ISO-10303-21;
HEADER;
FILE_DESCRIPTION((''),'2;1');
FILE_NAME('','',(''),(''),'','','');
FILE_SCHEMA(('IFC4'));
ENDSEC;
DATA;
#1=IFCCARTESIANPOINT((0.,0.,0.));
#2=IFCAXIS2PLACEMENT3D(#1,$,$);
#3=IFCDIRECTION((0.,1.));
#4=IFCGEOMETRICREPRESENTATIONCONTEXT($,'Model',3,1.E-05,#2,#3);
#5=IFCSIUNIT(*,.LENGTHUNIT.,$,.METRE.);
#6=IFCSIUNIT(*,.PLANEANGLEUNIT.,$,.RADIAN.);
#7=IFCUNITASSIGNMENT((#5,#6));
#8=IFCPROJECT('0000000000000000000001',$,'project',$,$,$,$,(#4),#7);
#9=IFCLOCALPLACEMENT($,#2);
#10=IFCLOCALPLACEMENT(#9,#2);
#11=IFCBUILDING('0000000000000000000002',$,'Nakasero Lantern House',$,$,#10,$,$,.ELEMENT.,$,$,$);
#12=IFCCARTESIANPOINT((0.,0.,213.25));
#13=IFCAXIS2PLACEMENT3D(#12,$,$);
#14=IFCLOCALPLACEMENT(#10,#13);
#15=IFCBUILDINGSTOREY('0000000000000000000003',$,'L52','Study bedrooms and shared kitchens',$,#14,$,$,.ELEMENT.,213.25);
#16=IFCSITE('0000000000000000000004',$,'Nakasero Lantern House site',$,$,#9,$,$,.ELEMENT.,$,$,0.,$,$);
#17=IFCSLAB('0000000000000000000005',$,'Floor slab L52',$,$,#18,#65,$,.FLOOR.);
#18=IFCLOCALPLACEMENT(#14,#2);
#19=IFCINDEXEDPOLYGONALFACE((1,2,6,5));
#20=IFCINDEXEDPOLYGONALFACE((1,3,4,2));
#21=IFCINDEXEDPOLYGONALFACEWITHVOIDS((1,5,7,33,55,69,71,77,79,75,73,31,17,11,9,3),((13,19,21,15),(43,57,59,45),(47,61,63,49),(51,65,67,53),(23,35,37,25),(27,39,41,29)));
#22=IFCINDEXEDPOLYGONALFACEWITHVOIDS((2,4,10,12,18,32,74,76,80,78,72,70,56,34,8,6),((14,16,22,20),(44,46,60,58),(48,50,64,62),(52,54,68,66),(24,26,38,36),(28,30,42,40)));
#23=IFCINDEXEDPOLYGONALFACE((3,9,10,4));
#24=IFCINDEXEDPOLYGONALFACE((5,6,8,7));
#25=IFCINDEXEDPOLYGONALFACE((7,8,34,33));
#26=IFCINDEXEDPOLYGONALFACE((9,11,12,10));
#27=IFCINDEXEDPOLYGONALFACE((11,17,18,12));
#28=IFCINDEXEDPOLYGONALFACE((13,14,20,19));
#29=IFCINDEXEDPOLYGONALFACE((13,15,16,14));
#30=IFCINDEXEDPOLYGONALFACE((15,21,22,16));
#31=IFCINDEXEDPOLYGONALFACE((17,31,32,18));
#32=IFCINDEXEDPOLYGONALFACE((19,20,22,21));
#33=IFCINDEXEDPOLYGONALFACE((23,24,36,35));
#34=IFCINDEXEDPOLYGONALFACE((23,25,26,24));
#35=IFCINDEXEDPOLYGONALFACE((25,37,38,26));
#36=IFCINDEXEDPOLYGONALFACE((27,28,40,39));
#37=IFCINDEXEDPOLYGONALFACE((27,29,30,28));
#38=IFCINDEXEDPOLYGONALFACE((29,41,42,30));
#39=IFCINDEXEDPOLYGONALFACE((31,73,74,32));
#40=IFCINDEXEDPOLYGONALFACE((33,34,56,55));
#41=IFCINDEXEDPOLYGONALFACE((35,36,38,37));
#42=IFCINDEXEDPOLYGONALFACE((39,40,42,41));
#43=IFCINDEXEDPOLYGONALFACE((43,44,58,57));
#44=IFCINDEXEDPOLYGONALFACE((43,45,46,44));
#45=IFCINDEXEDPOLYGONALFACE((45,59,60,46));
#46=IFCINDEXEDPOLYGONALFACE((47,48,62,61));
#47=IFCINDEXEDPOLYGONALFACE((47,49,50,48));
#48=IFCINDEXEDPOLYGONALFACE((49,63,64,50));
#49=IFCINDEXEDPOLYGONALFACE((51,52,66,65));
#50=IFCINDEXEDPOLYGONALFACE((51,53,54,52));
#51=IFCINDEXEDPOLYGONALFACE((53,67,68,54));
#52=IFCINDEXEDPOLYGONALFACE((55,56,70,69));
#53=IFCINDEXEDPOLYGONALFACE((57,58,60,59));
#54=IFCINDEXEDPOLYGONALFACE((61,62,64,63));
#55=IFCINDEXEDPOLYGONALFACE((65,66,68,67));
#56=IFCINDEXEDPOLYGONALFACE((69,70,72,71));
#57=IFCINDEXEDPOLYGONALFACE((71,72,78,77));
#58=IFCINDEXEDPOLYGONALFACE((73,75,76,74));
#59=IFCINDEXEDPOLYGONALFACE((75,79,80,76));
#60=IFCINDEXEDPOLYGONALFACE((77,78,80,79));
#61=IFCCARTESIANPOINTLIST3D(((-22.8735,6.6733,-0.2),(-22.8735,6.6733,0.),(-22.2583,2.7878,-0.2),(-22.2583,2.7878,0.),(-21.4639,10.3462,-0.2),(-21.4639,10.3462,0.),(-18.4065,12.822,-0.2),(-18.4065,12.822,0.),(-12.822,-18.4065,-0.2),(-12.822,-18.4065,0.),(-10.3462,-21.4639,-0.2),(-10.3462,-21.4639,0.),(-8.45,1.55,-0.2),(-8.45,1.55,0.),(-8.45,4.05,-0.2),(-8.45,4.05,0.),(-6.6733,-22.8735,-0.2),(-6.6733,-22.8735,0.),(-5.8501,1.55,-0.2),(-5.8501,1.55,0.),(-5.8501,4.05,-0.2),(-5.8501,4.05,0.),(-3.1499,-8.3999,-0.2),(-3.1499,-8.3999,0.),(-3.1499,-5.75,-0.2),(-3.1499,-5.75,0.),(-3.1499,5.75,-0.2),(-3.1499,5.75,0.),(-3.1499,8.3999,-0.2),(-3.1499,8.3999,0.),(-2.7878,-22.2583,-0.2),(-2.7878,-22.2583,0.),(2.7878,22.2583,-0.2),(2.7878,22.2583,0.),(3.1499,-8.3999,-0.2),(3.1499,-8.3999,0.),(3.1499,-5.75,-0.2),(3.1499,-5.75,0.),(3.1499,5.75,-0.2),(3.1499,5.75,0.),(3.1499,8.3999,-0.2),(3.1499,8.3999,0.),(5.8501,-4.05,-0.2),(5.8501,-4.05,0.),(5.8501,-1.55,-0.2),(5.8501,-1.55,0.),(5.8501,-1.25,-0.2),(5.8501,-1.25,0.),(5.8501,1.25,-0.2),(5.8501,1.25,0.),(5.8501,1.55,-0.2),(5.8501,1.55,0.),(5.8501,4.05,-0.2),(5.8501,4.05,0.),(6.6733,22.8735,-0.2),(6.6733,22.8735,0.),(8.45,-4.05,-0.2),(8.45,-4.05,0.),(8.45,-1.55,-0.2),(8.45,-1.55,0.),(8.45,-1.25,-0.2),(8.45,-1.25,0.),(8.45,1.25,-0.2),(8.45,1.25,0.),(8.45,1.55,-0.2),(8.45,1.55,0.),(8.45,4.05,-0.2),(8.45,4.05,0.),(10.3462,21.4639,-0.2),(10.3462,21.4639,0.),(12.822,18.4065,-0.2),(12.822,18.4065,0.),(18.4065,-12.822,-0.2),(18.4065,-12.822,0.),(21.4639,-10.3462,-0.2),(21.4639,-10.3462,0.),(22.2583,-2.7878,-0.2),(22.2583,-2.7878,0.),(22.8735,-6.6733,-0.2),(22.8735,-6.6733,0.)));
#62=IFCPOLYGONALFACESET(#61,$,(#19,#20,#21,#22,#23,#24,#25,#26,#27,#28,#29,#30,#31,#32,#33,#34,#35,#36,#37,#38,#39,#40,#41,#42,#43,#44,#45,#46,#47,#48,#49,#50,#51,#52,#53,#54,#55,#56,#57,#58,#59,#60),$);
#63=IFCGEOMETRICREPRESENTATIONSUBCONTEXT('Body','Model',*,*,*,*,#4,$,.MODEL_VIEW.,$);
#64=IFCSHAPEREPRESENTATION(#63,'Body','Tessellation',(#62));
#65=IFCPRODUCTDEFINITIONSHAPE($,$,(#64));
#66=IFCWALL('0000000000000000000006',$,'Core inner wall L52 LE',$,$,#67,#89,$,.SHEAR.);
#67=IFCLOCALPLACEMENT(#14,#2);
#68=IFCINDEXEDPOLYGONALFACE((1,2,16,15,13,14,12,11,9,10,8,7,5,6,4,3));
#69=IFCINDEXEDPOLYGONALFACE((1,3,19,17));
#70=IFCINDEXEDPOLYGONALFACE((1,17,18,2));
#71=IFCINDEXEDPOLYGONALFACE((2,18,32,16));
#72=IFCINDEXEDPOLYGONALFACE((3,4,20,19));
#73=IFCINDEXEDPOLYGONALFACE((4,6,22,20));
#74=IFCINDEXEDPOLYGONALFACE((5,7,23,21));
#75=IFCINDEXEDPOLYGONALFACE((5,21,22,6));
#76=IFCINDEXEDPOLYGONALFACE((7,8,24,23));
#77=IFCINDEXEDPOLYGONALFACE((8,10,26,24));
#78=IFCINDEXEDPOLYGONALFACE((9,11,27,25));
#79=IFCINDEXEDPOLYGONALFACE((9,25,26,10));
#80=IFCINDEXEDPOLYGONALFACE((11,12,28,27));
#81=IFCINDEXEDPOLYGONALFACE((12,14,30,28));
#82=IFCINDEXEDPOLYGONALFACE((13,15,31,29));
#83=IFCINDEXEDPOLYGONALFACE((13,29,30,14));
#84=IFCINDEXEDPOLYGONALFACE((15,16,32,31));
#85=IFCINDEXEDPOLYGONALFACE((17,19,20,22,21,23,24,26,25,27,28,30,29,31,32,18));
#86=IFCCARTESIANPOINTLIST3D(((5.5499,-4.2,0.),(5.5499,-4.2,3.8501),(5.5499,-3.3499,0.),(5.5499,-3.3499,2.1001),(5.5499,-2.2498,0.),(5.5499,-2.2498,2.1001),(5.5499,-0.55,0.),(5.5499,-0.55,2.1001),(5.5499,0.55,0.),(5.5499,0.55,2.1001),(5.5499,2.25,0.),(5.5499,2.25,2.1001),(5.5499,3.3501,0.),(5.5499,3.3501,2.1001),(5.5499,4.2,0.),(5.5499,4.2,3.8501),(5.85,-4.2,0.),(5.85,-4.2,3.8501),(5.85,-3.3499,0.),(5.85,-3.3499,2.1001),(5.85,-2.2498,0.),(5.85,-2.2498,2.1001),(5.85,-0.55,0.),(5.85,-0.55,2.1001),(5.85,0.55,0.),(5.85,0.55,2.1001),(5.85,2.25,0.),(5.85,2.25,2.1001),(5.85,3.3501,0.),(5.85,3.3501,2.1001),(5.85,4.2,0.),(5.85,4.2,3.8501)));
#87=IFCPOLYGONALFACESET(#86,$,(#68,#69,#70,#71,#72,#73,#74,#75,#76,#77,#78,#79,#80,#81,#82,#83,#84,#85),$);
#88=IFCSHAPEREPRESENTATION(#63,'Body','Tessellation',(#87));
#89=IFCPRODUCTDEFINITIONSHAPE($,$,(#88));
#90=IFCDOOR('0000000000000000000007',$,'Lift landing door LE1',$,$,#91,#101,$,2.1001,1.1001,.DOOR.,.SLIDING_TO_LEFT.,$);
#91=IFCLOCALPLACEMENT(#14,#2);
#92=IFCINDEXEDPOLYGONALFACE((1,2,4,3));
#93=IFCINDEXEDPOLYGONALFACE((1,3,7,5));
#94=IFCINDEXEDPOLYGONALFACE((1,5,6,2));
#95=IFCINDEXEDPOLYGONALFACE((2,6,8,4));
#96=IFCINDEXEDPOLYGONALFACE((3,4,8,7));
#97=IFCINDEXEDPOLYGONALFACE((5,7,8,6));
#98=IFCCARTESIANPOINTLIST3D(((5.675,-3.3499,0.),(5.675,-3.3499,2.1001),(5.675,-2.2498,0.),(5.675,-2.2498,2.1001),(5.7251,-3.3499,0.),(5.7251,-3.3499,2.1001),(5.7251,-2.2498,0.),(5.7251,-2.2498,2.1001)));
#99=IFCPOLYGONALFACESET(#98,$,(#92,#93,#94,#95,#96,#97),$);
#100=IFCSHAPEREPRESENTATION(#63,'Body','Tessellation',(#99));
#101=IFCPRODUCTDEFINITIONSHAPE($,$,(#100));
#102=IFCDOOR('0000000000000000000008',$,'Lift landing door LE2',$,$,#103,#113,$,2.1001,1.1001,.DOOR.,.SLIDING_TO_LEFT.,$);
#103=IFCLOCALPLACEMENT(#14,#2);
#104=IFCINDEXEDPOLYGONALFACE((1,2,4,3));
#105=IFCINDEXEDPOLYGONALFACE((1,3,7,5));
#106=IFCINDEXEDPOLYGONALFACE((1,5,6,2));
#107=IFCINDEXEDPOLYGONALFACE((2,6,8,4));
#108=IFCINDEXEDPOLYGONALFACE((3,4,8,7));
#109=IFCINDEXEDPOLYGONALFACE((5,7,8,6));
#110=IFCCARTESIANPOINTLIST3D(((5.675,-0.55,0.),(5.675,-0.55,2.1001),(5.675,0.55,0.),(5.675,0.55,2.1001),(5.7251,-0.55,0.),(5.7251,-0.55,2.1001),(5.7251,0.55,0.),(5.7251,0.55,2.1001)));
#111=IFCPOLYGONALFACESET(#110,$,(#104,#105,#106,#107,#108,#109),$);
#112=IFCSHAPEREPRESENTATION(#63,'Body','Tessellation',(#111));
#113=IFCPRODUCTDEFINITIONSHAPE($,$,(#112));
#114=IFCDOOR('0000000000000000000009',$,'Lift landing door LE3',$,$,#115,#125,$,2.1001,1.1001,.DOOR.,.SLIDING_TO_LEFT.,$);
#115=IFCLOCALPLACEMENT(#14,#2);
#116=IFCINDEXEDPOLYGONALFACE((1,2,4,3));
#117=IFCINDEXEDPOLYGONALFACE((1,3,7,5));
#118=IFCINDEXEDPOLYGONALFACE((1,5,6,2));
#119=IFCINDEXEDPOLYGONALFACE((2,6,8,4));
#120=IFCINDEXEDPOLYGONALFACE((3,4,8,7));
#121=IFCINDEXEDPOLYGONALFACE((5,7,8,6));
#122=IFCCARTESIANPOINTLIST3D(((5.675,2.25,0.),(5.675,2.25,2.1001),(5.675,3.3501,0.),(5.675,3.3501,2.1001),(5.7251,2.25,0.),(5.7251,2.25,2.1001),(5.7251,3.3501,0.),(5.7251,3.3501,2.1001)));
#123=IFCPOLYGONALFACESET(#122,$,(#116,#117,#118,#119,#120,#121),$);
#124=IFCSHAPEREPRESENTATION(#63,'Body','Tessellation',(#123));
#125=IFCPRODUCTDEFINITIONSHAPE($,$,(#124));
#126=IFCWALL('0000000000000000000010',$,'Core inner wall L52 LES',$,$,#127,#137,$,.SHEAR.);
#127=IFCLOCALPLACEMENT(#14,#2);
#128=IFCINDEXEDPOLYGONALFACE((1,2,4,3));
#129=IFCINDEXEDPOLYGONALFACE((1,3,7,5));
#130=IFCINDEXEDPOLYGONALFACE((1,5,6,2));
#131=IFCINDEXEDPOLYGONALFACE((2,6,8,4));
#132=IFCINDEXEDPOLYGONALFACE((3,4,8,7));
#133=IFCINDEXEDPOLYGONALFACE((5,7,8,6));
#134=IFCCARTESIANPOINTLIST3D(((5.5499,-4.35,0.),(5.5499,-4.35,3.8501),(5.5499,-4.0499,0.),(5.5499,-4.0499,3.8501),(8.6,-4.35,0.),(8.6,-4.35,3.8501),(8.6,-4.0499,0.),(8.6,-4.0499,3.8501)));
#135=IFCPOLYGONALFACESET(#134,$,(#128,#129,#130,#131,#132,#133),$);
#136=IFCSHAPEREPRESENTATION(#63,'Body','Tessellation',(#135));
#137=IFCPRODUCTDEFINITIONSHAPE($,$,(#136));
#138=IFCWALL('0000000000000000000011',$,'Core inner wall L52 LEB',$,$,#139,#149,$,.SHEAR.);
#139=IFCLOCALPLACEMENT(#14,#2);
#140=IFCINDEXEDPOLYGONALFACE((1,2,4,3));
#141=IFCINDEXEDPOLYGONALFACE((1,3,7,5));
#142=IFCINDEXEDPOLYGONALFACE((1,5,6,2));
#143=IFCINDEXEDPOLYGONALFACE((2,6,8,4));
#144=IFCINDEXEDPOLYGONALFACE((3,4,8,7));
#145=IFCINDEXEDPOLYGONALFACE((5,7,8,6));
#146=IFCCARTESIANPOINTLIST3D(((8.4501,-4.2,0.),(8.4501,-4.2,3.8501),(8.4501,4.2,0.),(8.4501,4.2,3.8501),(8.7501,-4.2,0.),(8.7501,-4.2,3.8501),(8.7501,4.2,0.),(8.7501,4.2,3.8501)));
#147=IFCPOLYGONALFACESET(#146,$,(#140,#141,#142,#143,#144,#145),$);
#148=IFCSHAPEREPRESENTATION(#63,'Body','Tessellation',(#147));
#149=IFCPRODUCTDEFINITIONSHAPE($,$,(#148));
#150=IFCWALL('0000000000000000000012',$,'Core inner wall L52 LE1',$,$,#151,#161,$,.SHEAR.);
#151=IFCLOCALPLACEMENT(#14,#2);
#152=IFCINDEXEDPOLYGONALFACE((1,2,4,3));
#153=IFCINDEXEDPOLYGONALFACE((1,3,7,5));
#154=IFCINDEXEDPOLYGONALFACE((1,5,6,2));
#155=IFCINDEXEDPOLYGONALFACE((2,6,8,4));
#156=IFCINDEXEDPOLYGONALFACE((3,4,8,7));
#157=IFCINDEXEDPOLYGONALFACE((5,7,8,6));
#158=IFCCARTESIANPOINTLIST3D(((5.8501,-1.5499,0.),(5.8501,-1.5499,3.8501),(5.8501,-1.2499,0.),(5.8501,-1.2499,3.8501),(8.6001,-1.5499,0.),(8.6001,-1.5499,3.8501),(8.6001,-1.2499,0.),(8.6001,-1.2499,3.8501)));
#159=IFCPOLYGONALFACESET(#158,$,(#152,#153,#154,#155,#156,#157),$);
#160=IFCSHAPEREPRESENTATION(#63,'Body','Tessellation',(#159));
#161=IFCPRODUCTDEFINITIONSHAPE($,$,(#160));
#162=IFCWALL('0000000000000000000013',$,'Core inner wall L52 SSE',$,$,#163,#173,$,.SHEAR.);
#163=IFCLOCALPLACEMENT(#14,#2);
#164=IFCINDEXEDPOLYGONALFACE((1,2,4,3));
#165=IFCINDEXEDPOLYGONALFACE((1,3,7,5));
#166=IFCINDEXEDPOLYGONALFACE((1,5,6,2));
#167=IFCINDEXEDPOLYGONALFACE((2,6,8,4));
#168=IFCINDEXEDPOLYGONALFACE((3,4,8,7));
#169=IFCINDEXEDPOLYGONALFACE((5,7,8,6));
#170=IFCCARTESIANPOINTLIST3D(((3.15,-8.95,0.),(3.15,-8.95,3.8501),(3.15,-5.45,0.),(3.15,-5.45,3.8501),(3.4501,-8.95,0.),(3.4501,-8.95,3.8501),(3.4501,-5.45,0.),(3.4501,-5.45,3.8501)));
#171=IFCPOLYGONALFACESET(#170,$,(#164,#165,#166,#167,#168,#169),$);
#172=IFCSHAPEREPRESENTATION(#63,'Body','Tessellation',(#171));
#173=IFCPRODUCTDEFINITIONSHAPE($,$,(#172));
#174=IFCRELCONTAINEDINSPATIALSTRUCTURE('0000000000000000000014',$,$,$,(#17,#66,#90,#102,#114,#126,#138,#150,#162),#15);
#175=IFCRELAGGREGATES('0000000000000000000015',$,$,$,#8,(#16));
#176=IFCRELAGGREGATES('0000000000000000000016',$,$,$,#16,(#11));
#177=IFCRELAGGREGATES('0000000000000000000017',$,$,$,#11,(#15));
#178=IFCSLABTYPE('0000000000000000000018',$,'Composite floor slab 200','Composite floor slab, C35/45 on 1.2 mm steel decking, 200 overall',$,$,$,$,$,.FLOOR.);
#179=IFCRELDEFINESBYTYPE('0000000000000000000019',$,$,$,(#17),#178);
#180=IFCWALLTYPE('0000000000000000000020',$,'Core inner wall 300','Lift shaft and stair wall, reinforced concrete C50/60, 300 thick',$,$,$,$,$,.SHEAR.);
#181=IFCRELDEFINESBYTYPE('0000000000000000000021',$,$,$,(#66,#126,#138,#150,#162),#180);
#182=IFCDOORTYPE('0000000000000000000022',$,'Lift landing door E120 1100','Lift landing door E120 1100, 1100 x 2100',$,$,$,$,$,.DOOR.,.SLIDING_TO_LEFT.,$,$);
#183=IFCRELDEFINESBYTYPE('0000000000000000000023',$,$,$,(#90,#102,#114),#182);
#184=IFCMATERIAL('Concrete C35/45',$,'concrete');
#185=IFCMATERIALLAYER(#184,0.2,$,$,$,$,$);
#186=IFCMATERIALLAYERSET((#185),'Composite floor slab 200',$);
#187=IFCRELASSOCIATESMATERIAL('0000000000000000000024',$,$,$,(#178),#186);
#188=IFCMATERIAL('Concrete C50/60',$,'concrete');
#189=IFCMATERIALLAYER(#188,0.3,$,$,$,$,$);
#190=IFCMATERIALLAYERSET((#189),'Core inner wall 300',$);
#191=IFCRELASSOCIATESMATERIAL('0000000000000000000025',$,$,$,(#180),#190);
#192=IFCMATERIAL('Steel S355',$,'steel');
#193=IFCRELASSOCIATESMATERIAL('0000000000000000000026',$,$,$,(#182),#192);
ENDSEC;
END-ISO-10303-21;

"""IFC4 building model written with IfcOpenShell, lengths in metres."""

from ifc_helpers import new_model, si_unit, direction, frame, frame_2d, origin, place, context, subcontext, project, spatial, polyline, rectangle, outline, extrude, material, layer, layer_set, type_object, element, fill, save


model = new_model("IFC4")

# Units and contexts
model_context = context("Model", 3, precision=1e-05, world=origin(), true_north=direction((0.0, 1.0)))
body_context = subcontext(model_context, "Body", "Model", "MODEL_VIEW")
ifc_project = project(units=[si_unit("LENGTHUNIT", "METRE"), si_unit("PLANEANGLEUNIT", "RADIAN")], contexts=[model_context])

# Site, building, storey
site_placement = place(None, origin())
site = spatial("IfcSite", under=ifc_project, at=site_placement, Name="Nakasero Lantern House site", CompositionType="ELEMENT", RefElevation=0.0)
building_placement = place(site_placement, origin())
building = spatial("IfcBuilding", under=site, at=building_placement, Name="Nakasero Lantern House", CompositionType="ELEMENT")
storey_placement = place(building_placement, frame((0.0, 0.0, 213.25)))
storey = spatial("IfcBuildingStorey", under=building, at=storey_placement, Name="L52", Description="Study bedrooms and shared kitchens", CompositionType="ELEMENT", Elevation=213.25)

# Slab
ifc_material_1 = material(Name="Concrete C35/45", Category="concrete")
ifc_layer_1 = layer(ifc_material_1, 0.2)
ifc_layer_set_1 = layer_set([ifc_layer_1], Name="Composite floor slab 200")
slab_type_1 = type_object("IfcSlabType", Name="Composite floor slab 200", Description="Composite floor slab, C35/45 on 1.2 mm steel decking, 200 overall", PredefinedType="FLOOR", material=ifc_layer_set_1)
slab_1_placement = place(storey_placement, frame((0.0, 0.0, -0.2)))
element("IfcSlab", 1, at=slab_1_placement, inside=storey, type_object=slab_type_1, Name="Floor slab L52", PredefinedType="FLOOR", context=body_context, shape_type="SweptSolid", body=[
    extrude(outline(polyline([(12.822, 18.4065), (10.3462, 21.4639), (6.6733, 22.8735), (2.7878, 22.2583), (-18.4065, 12.822), (-21.4639, 10.3462), (-22.8735, 6.6733), (-22.2583, 2.7878), (-12.822, -18.4065), (-10.3462, -21.4639), (-6.6733, -22.8735), (-2.7878, -22.2583), (18.4065, -12.822), (21.4639, -10.3462), (22.8735, -6.6733), (22.2583, -2.7878), (12.822, 18.4065)]), holes=[polyline([(-8.45, 1.55), (-5.8501, 1.55), (-5.8501, 4.05), (-8.45, 4.05), (-8.45, 1.55)]), polyline([(5.8501, -4.05), (8.45, -4.05), (8.45, -1.55), (5.8501, -1.55), (5.8501, -4.05)]), polyline([(5.8501, -1.25), (8.45, -1.25), (8.45, 1.25), (5.8501, 1.25), (5.8501, -1.25)]), polyline([(5.8501, 1.55), (8.45, 1.55), (8.45, 4.05), (5.8501, 4.05), (5.8501, 1.55)]), polyline([(-3.1499, 5.75), (3.1499, 5.75), (3.1499, 8.3999), (-3.1499, 8.3999), (-3.1499, 5.75)]), polyline([(-3.1499, -8.3999), (3.1499, -8.3999), (3.1499, -5.75), (-3.1499, -5.75), (-3.1499, -8.3999)])]), origin(), (0.0, 0.0, 1.0), 0.2),
])

# Wall, openings, doors
ifc_material_2 = material(Name="Concrete C50/60", Category="concrete")
ifc_layer_2 = layer(ifc_material_2, 0.3)
ifc_layer_set_2 = layer_set([ifc_layer_2], Name="Core inner wall 300")
wall_type_1 = type_object("IfcWallType", Name="Core inner wall 300", Description="Lift shaft and stair wall, reinforced concrete C50/60, 300 thick", PredefinedType="SHEAR", material=ifc_layer_set_2)
wall_1_placement = place(storey_placement, frame((5.7, -4.2, 0.0), z_axis=(0.0, 0.0, 1.0), x_axis=(0.0, 1.0, 0.0)))
wall_1 = element("IfcWall", 2, at=wall_1_placement, inside=storey, type_object=wall_type_1, Name="Core inner wall L52 LE", PredefinedType="SHEAR", context=body_context, shape_type="SweptSolid", body=[
    extrude(rectangle(XDim=8.3999, YDim=0.3, at=frame_2d((4.2, 0.0))), origin(), (0.0, 0.0, 1.0), 3.8501),
])
opening_1_placement = place(wall_1_placement, frame((0.8501, 0.0, 0.0)))
opening_1 = element("IfcOpeningElement", 3, at=opening_1_placement, cuts=wall_1, PredefinedType="OPENING", context=body_context, shape_type="SweptSolid", body=[
    extrude(rectangle(XDim=1.1001, YDim=2.1001, at=frame_2d((0.55, 1.05))), frame((0.0, 0.1699, 0.0), z_axis=(0.0, -1.0, 0.0), x_axis=(1.0, 0.0, 0.0)), (0.0, 0.0, 1.0), 0.3401),
])
opening_2_placement = place(wall_1_placement, frame((3.6499, 0.0, 0.0)))
opening_2 = element("IfcOpeningElement", 4, at=opening_2_placement, cuts=wall_1, PredefinedType="OPENING", context=body_context, shape_type="SweptSolid", body=[
    extrude(rectangle(XDim=1.1001, YDim=2.1001, at=frame_2d((0.55, 1.05))), frame((0.0, 0.1699, 0.0), z_axis=(0.0, -1.0, 0.0), x_axis=(1.0, 0.0, 0.0)), (0.0, 0.0, 1.0), 0.3401),
])
opening_3_placement = place(wall_1_placement, frame((6.45, 0.0, 0.0)))
opening_3 = element("IfcOpeningElement", 5, at=opening_3_placement, cuts=wall_1, PredefinedType="OPENING", context=body_context, shape_type="SweptSolid", body=[
    extrude(rectangle(XDim=1.1001, YDim=2.1001, at=frame_2d((0.55, 1.05))), frame((0.0, 0.1699, 0.0), z_axis=(0.0, -1.0, 0.0), x_axis=(1.0, 0.0, 0.0)), (0.0, 0.0, 1.0), 0.3401),
])
ifc_material_3 = material(Name="Steel S355", Category="steel")
door_type_1 = type_object("IfcDoorType", Name="Lift landing door E120 1100", Description="Lift landing door E120 1100, 1100 x 2100", OperationType="SLIDING_TO_LEFT", PredefinedType="DOOR", material=ifc_material_3)
door_1_placement = place(opening_1_placement, origin())
door_1 = element("IfcDoor", 6, at=door_1_placement, inside=storey, type_object=door_type_1, Name="Lift landing door LE1", OperationType="SLIDING_TO_LEFT", OverallHeight=2.1001, OverallWidth=1.1001, PredefinedType="DOOR", context=body_context, shape_type="SweptSolid", body=[
    extrude(rectangle(XDim=1.1001, YDim=2.1001, at=frame_2d((0.55, 1.05))), frame((0.0, 0.0249, 0.0), z_axis=(0.0, -1.0, 0.0), x_axis=(1.0, 0.0, 0.0)), (0.0, 0.0, 1.0), 0.05),
])
fill(opening_1, door_1)
door_2_placement = place(opening_2_placement, origin())
door_2 = element("IfcDoor", 7, at=door_2_placement, inside=storey, type_object=door_type_1, Name="Lift landing door LE2", OperationType="SLIDING_TO_LEFT", OverallHeight=2.1001, OverallWidth=1.1001, PredefinedType="DOOR", context=body_context, shape_type="SweptSolid", body=[
    extrude(rectangle(XDim=1.1001, YDim=2.1001, at=frame_2d((0.55, 1.05))), frame((0.0, 0.0249, 0.0), z_axis=(0.0, -1.0, 0.0), x_axis=(1.0, 0.0, 0.0)), (0.0, 0.0, 1.0), 0.05),
])
fill(opening_2, door_2)
door_3_placement = place(opening_3_placement, origin())
door_3 = element("IfcDoor", 8, at=door_3_placement, inside=storey, type_object=door_type_1, Name="Lift landing door LE3", OperationType="SLIDING_TO_LEFT", OverallHeight=2.1001, OverallWidth=1.1001, PredefinedType="DOOR", context=body_context, shape_type="SweptSolid", body=[
    extrude(rectangle(XDim=1.1001, YDim=2.1001, at=frame_2d((0.55, 1.05))), frame((0.0, 0.0249, 0.0), z_axis=(0.0, -1.0, 0.0), x_axis=(1.0, 0.0, 0.0)), (0.0, 0.0, 1.0), 0.05),
])
fill(opening_3, door_3)

# Walls
wall_2_placement = place(storey_placement, frame((5.55, -4.2, 0.0), z_axis=(0.0, 0.0, 1.0), x_axis=(1.0, 0.0, 0.0)))
element("IfcWall", 9, at=wall_2_placement, inside=storey, type_object=wall_type_1, Name="Core inner wall L52 LES", PredefinedType="SHEAR", context=body_context, shape_type="SweptSolid", body=[
    extrude(rectangle(XDim=3.05, YDim=0.3, at=frame_2d((1.5249, 0.0))), origin(), (0.0, 0.0, 1.0), 3.8501),
])
wall_3_placement = place(storey_placement, frame((8.6001, -4.2, 0.0), z_axis=(0.0, 0.0, 1.0), x_axis=(0.0, 1.0, 0.0)))
element("IfcWall", 10, at=wall_3_placement, inside=storey, type_object=wall_type_1, Name="Core inner wall L52 LEB", PredefinedType="SHEAR", context=body_context, shape_type="SweptSolid", body=[
    extrude(rectangle(XDim=8.3999, YDim=0.3, at=frame_2d((4.2, 0.0))), origin(), (0.0, 0.0, 1.0), 3.8501),
])
wall_4_placement = place(storey_placement, frame((5.8501, -1.3999, 0.0), z_axis=(0.0, 0.0, 1.0), x_axis=(1.0, 0.0, 0.0)))
element("IfcWall", 11, at=wall_4_placement, inside=storey, type_object=wall_type_1, Name="Core inner wall L52 LE1", PredefinedType="SHEAR", context=body_context, shape_type="SweptSolid", body=[
    extrude(rectangle(XDim=2.75, YDim=0.3, at=frame_2d((1.375, 0.0))), origin(), (0.0, 0.0, 1.0), 3.8501),
])
wall_5_placement = place(storey_placement, frame((3.3, -5.45, 0.0), z_axis=(0.0, 0.0, 1.0), x_axis=(0.0, -1.0, 0.0)))
element("IfcWall", 12, at=wall_5_placement, inside=storey, type_object=wall_type_1, Name="Core inner wall L52 SSE", PredefinedType="SHEAR", context=body_context, shape_type="SweptSolid", body=[
    extrude(rectangle(XDim=3.5, YDim=0.3, at=frame_2d((1.75, 0.0))), origin(), (0.0, 0.0, 1.0), 3.8501),
])

save(model, "model.ifc")
